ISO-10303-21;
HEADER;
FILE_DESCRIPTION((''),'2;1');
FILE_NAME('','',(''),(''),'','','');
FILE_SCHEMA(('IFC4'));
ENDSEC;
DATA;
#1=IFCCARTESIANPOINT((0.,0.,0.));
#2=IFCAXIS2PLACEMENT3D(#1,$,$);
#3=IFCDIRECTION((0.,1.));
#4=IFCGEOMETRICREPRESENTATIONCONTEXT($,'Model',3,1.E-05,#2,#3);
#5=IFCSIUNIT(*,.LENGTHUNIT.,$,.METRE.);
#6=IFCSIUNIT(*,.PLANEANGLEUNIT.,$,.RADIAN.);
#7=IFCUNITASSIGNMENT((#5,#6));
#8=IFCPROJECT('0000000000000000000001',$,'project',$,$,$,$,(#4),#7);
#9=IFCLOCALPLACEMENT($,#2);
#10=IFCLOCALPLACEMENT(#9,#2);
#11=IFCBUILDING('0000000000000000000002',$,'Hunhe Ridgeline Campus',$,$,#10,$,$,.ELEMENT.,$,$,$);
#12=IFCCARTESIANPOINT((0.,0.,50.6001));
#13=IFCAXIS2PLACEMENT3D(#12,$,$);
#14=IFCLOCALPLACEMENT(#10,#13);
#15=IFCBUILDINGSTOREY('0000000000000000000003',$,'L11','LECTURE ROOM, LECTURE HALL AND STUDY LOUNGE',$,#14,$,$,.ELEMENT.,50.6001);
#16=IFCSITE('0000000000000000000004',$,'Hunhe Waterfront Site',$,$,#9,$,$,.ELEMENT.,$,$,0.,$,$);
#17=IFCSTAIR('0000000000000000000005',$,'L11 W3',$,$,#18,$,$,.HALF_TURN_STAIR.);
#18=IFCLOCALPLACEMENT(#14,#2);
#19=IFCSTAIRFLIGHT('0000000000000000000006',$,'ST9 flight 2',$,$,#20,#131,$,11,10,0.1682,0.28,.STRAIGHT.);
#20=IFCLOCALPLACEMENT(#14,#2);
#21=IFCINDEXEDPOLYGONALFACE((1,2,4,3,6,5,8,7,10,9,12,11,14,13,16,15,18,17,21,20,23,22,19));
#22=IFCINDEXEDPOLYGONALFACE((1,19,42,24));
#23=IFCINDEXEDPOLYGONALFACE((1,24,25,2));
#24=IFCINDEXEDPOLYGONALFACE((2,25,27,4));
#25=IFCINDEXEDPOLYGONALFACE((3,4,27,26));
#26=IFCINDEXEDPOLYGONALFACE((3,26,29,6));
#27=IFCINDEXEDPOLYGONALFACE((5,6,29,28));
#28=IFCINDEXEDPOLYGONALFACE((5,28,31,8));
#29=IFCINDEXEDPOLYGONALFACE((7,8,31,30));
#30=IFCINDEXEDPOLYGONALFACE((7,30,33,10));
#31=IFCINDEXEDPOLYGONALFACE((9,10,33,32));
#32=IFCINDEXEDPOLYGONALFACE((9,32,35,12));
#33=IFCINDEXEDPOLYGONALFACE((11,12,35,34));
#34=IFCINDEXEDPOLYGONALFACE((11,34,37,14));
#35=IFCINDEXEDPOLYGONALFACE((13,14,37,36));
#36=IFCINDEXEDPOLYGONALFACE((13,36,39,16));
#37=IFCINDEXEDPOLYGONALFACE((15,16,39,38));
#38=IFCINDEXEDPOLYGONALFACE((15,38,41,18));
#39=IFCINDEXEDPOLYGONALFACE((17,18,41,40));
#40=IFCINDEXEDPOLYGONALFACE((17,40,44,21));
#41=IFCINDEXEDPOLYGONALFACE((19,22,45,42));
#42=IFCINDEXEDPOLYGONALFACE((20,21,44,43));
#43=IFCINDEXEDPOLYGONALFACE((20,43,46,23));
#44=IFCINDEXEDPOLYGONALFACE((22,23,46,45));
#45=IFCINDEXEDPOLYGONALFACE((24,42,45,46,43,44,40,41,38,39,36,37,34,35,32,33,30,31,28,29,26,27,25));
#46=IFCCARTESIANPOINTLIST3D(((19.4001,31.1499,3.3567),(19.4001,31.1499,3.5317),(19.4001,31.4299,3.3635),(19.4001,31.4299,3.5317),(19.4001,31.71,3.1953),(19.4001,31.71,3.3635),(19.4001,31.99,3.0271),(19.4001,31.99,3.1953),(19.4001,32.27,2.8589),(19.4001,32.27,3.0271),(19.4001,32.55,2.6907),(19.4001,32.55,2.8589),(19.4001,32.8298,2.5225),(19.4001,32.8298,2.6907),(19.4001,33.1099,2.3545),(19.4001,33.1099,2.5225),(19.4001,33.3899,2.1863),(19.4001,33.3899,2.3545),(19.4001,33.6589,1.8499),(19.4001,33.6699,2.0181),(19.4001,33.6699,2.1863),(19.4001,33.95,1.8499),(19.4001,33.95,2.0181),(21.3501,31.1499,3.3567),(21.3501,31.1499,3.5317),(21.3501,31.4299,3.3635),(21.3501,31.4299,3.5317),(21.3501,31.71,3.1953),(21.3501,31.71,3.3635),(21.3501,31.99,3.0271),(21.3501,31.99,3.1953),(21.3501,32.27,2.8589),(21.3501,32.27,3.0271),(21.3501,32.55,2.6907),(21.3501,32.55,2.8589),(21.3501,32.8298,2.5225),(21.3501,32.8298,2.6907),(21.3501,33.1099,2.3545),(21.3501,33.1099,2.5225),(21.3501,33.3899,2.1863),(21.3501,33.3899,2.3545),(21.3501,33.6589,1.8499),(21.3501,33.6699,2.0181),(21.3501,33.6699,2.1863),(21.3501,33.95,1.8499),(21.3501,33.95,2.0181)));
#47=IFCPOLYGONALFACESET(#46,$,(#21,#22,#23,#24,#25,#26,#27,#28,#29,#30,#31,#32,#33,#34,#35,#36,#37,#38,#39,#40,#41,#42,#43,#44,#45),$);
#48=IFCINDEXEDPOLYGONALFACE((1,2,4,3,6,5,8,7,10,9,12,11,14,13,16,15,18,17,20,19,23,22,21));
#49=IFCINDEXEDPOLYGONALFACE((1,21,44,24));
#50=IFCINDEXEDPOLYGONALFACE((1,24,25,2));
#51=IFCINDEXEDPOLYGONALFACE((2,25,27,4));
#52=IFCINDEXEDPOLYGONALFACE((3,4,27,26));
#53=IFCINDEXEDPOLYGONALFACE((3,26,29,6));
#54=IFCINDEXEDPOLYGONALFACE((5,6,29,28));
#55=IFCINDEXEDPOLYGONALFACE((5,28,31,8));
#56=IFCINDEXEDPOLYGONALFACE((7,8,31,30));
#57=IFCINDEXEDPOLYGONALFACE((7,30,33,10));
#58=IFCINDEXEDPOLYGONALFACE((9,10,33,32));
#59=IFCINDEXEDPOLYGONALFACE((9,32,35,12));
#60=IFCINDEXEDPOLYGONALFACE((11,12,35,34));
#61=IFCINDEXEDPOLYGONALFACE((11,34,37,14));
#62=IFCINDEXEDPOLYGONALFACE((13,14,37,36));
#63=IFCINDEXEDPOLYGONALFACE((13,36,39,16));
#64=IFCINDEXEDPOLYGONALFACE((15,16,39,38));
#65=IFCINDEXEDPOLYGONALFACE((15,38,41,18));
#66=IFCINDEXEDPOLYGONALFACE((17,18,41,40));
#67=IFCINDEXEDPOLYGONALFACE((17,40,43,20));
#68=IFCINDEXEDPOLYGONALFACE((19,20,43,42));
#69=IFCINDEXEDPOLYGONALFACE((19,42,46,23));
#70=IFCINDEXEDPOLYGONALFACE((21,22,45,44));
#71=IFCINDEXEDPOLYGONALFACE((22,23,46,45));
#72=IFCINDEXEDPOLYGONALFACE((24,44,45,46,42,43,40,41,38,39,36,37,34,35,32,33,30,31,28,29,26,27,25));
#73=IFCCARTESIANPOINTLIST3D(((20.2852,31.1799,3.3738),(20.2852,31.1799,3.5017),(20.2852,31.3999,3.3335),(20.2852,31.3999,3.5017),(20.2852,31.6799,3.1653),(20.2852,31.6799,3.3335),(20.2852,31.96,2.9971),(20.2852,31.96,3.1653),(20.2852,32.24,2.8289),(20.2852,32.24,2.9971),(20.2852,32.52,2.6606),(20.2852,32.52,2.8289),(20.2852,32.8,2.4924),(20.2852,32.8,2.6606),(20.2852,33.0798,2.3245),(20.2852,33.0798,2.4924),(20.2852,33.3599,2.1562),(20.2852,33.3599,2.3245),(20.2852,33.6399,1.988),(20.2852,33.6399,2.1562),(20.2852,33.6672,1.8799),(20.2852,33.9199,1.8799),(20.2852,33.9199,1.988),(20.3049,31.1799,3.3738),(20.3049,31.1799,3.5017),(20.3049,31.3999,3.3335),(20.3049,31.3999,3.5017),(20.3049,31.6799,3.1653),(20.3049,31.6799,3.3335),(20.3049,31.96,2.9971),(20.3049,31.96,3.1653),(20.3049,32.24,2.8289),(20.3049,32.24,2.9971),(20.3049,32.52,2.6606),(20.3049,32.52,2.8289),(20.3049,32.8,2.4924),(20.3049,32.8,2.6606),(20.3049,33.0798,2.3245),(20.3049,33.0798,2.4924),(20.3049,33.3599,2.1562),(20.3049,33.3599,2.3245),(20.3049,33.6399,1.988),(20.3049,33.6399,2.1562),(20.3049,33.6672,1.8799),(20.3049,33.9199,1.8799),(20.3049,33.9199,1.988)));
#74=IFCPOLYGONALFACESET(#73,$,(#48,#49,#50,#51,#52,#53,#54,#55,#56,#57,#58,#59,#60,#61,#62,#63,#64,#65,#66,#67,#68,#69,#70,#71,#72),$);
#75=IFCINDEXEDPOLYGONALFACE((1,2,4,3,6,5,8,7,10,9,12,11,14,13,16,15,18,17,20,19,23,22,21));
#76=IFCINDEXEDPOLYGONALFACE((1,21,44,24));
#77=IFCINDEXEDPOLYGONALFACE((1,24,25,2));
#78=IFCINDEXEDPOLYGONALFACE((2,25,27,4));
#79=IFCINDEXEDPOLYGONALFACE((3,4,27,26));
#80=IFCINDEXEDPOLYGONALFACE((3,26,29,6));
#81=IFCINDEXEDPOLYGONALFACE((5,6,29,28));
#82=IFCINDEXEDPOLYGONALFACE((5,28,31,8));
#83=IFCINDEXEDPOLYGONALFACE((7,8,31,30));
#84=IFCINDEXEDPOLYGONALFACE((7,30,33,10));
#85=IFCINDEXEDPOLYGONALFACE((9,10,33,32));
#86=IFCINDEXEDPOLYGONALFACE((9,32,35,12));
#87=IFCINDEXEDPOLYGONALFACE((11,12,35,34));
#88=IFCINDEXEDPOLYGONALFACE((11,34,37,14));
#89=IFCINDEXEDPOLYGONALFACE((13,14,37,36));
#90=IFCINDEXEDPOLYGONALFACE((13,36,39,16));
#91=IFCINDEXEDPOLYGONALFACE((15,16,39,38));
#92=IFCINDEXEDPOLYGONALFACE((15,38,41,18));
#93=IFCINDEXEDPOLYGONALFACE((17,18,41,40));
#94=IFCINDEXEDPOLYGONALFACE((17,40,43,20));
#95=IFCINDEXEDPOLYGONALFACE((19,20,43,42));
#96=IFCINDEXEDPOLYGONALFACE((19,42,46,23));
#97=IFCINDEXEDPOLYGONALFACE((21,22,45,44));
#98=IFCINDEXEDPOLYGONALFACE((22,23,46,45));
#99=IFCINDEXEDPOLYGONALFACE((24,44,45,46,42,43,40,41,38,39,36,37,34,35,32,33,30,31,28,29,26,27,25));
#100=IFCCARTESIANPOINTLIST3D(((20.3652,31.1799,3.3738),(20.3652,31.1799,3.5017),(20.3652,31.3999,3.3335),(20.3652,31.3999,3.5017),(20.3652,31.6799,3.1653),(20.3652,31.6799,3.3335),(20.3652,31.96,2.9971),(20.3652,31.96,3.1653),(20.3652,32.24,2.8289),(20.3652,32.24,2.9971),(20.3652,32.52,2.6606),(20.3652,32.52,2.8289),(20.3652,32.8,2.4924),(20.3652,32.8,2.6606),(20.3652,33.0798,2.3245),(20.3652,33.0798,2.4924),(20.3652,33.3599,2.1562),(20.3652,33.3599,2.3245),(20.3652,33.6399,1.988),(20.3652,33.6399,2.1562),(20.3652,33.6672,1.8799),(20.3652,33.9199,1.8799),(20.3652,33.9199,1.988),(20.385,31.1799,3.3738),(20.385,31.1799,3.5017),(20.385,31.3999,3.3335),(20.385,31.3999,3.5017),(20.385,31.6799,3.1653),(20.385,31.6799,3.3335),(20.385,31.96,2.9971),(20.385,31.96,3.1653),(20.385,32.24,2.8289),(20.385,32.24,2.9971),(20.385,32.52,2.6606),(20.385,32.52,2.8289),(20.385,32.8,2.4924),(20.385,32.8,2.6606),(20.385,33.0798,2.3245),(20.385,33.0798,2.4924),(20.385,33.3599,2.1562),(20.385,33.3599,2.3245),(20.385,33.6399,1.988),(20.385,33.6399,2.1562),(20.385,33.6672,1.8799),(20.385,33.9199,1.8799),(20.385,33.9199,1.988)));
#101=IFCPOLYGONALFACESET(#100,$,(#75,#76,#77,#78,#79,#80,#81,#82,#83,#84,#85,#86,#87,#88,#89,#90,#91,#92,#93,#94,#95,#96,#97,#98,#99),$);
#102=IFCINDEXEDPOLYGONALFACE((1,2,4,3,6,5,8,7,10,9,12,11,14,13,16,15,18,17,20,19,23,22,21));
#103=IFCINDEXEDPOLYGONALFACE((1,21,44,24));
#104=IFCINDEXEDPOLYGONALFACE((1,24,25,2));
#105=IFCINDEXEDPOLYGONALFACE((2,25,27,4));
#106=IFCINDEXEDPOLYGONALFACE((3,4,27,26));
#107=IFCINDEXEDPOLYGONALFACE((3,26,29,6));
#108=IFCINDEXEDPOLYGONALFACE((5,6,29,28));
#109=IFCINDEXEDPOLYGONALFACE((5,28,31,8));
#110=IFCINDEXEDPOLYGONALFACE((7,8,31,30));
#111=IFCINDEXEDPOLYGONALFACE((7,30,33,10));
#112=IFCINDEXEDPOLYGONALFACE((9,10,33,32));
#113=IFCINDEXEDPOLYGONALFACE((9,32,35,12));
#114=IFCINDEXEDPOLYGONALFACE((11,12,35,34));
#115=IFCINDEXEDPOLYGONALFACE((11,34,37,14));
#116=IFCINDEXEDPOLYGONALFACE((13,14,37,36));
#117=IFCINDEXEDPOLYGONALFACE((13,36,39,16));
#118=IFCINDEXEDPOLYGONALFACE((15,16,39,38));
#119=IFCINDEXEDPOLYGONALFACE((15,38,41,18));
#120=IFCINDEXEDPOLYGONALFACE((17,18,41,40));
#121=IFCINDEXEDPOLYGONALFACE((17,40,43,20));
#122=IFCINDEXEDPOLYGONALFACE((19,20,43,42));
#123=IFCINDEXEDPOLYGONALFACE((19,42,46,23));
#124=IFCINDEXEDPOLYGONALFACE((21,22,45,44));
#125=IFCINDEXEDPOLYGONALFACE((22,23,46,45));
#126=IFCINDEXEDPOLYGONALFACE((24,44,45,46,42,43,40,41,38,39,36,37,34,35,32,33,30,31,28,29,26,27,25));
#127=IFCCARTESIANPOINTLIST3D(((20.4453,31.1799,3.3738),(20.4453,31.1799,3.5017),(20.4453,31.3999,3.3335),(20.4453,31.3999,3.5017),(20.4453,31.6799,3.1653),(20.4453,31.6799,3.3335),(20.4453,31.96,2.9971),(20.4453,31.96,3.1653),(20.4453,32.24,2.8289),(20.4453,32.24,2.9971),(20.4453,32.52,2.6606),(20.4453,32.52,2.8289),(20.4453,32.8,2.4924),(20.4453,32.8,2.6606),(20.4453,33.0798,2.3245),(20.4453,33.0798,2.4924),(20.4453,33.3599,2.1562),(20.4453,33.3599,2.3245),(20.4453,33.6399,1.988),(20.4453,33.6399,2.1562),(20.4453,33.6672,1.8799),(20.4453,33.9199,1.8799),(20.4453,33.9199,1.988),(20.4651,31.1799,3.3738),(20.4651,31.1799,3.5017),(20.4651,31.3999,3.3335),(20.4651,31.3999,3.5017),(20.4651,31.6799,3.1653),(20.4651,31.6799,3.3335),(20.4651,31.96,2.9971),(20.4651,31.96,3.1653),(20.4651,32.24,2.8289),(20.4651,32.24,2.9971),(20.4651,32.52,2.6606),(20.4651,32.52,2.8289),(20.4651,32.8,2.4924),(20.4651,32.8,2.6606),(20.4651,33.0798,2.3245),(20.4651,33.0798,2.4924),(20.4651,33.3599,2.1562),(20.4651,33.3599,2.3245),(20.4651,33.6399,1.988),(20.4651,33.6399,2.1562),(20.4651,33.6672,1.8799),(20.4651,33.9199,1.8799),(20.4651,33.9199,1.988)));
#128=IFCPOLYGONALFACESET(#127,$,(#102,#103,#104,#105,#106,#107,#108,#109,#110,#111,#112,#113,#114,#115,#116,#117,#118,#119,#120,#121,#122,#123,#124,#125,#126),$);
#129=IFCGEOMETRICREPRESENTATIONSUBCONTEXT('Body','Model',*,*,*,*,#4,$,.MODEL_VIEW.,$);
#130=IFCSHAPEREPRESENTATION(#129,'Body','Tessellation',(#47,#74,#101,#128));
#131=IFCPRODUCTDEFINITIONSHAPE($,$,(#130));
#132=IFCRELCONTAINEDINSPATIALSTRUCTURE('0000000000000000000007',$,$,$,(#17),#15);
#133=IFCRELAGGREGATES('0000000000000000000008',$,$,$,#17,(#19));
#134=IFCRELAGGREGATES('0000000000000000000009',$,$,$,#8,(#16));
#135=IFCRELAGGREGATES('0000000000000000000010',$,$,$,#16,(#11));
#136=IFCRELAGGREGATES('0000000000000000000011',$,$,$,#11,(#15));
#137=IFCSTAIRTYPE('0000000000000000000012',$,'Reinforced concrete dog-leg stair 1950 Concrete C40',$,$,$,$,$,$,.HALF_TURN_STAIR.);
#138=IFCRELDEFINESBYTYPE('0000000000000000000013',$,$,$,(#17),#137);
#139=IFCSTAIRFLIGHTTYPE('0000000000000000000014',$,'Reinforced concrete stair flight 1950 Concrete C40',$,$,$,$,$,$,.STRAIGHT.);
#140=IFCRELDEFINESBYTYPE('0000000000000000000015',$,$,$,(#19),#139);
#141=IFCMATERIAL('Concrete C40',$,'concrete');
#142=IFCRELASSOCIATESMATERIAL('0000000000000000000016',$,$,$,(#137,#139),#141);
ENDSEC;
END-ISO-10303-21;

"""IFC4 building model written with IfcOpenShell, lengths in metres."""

from ifc_helpers import new_model, si_unit, direction, frame, origin, place, context, subcontext, project, spatial, polyline, outline, extrude, material, type_object, element, aggregate, save


model = new_model("IFC4")

# Units and contexts
model_context = context("Model", 3, precision=1e-05, world=origin(), true_north=direction((0.0, 1.0)))
body_context = subcontext(model_context, "Body", "Model", "MODEL_VIEW")
ifc_project = project(units=[si_unit("LENGTHUNIT", "METRE"), si_unit("PLANEANGLEUNIT", "RADIAN")], contexts=[model_context])

# Site, building, storey
site_placement = place(None, origin())
site = spatial("IfcSite", under=ifc_project, at=site_placement, Name="Hunhe Waterfront Site", CompositionType="ELEMENT", RefElevation=0.0)
building_placement = place(site_placement, origin())
building = spatial("IfcBuilding", under=site, at=building_placement, Name="Hunhe Ridgeline Campus", CompositionType="ELEMENT")
storey_placement = place(building_placement, frame((0.0, 0.0, 50.6001)))
storey = spatial("IfcBuildingStorey", under=building, at=storey_placement, Name="L11", Description="LECTURE ROOM, LECTURE HALL AND STUDY LOUNGE", CompositionType="ELEMENT", Elevation=50.6001)

# Stair, stair flight
ifc_material_1 = material(Name="Concrete C40", Category="concrete")
stair_type = type_object("IfcStairType", Name="Reinforced concrete dog-leg stair 1950 Concrete C40", PredefinedType="HALF_TURN_STAIR", material=ifc_material_1)
stair_placement = place(storey_placement, origin())
stair = element("IfcStair", 1, at=stair_placement, inside=storey, type_object=stair_type, Name="L11 W3", PredefinedType="HALF_TURN_STAIR")
stair_flight_type = type_object("IfcStairFlightType", Name="Reinforced concrete stair flight 1950 Concrete C40", PredefinedType="STRAIGHT", material=ifc_material_1)
stair_flight_placement = place(storey_placement, frame((20.375, 33.95, 1.8499), z_axis=(0.0, 0.0, 1.0), x_axis=(0.0, -1.0, 0.0)))
stair_flight = element("IfcStairFlight", 2, at=stair_flight_placement, type_object=stair_flight_type, Name="ST9 flight 2", NumberOfRisers=11, NumberOfTreads=10, PredefinedType="STRAIGHT", RiserHeight=0.1682, TreadLength=0.28, context=body_context, shape_type="SweptSolid", body=[
    extrude(outline(polyline([(0.0, 0.0), (0.0, 0.1682), (0.28, 0.1682), (0.28, 0.3364), (0.5601, 0.3364), (0.5601, 0.5046), (0.8401, 0.5046), (0.8401, 0.6726), (1.1201, 0.6726), (1.1201, 0.8408), (1.3999, 0.8408), (1.3999, 1.009), (1.6799, 1.009), (1.6799, 1.1772), (1.96, 1.1772), (1.96, 1.3455), (2.24, 1.3455), (2.24, 1.5137), (2.52, 1.5137), (2.52, 1.6819), (2.8, 1.6819), (2.8, 1.8501), (2.8, 1.5068), (0.291, 0.0), (0.0, 0.0)])), frame((0.0, 0.9751, 0.0), z_axis=(0.0, -1.0, 0.0), x_axis=(1.0, 0.0, 0.0)), (0.0, 0.0, 1.0), 1.95),
    extrude(outline(polyline([(0.03, 0.03), (0.03, 0.1382), (0.3101, 0.1382), (0.3101, 0.3064), (0.5901, 0.3064), (0.5901, 0.4746), (0.8701, 0.4746), (0.8701, 0.6426), (1.1499, 0.6426), (1.1499, 0.8108), (1.4299, 0.8108), (1.4299, 0.979), (1.71, 0.979), (1.71, 1.1472), (1.99, 1.1472), (1.99, 1.3154), (2.27, 1.3154), (2.27, 1.4836), (2.55, 1.4836), (2.55, 1.6519), (2.77, 1.6519), (2.77, 1.5239), (0.2827, 0.03), (0.03, 0.03)])), frame((0.0, -0.0701, 0.0), z_axis=(0.0, -1.0, 0.0), x_axis=(1.0, 0.0, 0.0)), (0.0, 0.0, 1.0), 0.0198),
    extrude(outline(polyline([(0.03, 0.03), (0.03, 0.1382), (0.3101, 0.1382), (0.3101, 0.3064), (0.5901, 0.3064), (0.5901, 0.4746), (0.8701, 0.4746), (0.8701, 0.6426), (1.1499, 0.6426), (1.1499, 0.8108), (1.4299, 0.8108), (1.4299, 0.979), (1.71, 0.979), (1.71, 1.1472), (1.99, 1.1472), (1.99, 1.3154), (2.27, 1.3154), (2.27, 1.4836), (2.55, 1.4836), (2.55, 1.6519), (2.77, 1.6519), (2.77, 1.5239), (0.2827, 0.03), (0.03, 0.03)])), frame((0.0, 0.01, 0.0), z_axis=(0.0, -1.0, 0.0), x_axis=(1.0, 0.0, 0.0)), (0.0, 0.0, 1.0), 0.0198),
    extrude(outline(polyline([(0.03, 0.03), (0.03, 0.1382), (0.3101, 0.1382), (0.3101, 0.3064), (0.5901, 0.3064), (0.5901, 0.4746), (0.8701, 0.4746), (0.8701, 0.6426), (1.1499, 0.6426), (1.1499, 0.8108), (1.4299, 0.8108), (1.4299, 0.979), (1.71, 0.979), (1.71, 1.1472), (1.99, 1.1472), (1.99, 1.3154), (2.27, 1.3154), (2.27, 1.4836), (2.55, 1.4836), (2.55, 1.6519), (2.77, 1.6519), (2.77, 1.5239), (0.2827, 0.03), (0.03, 0.03)])), frame((0.0, 0.0901, 0.0), z_axis=(0.0, -1.0, 0.0), x_axis=(1.0, 0.0, 0.0)), (0.0, 0.0, 1.0), 0.0198),
])
aggregate(stair, [stair_flight])

save(model, "model.ifc")
